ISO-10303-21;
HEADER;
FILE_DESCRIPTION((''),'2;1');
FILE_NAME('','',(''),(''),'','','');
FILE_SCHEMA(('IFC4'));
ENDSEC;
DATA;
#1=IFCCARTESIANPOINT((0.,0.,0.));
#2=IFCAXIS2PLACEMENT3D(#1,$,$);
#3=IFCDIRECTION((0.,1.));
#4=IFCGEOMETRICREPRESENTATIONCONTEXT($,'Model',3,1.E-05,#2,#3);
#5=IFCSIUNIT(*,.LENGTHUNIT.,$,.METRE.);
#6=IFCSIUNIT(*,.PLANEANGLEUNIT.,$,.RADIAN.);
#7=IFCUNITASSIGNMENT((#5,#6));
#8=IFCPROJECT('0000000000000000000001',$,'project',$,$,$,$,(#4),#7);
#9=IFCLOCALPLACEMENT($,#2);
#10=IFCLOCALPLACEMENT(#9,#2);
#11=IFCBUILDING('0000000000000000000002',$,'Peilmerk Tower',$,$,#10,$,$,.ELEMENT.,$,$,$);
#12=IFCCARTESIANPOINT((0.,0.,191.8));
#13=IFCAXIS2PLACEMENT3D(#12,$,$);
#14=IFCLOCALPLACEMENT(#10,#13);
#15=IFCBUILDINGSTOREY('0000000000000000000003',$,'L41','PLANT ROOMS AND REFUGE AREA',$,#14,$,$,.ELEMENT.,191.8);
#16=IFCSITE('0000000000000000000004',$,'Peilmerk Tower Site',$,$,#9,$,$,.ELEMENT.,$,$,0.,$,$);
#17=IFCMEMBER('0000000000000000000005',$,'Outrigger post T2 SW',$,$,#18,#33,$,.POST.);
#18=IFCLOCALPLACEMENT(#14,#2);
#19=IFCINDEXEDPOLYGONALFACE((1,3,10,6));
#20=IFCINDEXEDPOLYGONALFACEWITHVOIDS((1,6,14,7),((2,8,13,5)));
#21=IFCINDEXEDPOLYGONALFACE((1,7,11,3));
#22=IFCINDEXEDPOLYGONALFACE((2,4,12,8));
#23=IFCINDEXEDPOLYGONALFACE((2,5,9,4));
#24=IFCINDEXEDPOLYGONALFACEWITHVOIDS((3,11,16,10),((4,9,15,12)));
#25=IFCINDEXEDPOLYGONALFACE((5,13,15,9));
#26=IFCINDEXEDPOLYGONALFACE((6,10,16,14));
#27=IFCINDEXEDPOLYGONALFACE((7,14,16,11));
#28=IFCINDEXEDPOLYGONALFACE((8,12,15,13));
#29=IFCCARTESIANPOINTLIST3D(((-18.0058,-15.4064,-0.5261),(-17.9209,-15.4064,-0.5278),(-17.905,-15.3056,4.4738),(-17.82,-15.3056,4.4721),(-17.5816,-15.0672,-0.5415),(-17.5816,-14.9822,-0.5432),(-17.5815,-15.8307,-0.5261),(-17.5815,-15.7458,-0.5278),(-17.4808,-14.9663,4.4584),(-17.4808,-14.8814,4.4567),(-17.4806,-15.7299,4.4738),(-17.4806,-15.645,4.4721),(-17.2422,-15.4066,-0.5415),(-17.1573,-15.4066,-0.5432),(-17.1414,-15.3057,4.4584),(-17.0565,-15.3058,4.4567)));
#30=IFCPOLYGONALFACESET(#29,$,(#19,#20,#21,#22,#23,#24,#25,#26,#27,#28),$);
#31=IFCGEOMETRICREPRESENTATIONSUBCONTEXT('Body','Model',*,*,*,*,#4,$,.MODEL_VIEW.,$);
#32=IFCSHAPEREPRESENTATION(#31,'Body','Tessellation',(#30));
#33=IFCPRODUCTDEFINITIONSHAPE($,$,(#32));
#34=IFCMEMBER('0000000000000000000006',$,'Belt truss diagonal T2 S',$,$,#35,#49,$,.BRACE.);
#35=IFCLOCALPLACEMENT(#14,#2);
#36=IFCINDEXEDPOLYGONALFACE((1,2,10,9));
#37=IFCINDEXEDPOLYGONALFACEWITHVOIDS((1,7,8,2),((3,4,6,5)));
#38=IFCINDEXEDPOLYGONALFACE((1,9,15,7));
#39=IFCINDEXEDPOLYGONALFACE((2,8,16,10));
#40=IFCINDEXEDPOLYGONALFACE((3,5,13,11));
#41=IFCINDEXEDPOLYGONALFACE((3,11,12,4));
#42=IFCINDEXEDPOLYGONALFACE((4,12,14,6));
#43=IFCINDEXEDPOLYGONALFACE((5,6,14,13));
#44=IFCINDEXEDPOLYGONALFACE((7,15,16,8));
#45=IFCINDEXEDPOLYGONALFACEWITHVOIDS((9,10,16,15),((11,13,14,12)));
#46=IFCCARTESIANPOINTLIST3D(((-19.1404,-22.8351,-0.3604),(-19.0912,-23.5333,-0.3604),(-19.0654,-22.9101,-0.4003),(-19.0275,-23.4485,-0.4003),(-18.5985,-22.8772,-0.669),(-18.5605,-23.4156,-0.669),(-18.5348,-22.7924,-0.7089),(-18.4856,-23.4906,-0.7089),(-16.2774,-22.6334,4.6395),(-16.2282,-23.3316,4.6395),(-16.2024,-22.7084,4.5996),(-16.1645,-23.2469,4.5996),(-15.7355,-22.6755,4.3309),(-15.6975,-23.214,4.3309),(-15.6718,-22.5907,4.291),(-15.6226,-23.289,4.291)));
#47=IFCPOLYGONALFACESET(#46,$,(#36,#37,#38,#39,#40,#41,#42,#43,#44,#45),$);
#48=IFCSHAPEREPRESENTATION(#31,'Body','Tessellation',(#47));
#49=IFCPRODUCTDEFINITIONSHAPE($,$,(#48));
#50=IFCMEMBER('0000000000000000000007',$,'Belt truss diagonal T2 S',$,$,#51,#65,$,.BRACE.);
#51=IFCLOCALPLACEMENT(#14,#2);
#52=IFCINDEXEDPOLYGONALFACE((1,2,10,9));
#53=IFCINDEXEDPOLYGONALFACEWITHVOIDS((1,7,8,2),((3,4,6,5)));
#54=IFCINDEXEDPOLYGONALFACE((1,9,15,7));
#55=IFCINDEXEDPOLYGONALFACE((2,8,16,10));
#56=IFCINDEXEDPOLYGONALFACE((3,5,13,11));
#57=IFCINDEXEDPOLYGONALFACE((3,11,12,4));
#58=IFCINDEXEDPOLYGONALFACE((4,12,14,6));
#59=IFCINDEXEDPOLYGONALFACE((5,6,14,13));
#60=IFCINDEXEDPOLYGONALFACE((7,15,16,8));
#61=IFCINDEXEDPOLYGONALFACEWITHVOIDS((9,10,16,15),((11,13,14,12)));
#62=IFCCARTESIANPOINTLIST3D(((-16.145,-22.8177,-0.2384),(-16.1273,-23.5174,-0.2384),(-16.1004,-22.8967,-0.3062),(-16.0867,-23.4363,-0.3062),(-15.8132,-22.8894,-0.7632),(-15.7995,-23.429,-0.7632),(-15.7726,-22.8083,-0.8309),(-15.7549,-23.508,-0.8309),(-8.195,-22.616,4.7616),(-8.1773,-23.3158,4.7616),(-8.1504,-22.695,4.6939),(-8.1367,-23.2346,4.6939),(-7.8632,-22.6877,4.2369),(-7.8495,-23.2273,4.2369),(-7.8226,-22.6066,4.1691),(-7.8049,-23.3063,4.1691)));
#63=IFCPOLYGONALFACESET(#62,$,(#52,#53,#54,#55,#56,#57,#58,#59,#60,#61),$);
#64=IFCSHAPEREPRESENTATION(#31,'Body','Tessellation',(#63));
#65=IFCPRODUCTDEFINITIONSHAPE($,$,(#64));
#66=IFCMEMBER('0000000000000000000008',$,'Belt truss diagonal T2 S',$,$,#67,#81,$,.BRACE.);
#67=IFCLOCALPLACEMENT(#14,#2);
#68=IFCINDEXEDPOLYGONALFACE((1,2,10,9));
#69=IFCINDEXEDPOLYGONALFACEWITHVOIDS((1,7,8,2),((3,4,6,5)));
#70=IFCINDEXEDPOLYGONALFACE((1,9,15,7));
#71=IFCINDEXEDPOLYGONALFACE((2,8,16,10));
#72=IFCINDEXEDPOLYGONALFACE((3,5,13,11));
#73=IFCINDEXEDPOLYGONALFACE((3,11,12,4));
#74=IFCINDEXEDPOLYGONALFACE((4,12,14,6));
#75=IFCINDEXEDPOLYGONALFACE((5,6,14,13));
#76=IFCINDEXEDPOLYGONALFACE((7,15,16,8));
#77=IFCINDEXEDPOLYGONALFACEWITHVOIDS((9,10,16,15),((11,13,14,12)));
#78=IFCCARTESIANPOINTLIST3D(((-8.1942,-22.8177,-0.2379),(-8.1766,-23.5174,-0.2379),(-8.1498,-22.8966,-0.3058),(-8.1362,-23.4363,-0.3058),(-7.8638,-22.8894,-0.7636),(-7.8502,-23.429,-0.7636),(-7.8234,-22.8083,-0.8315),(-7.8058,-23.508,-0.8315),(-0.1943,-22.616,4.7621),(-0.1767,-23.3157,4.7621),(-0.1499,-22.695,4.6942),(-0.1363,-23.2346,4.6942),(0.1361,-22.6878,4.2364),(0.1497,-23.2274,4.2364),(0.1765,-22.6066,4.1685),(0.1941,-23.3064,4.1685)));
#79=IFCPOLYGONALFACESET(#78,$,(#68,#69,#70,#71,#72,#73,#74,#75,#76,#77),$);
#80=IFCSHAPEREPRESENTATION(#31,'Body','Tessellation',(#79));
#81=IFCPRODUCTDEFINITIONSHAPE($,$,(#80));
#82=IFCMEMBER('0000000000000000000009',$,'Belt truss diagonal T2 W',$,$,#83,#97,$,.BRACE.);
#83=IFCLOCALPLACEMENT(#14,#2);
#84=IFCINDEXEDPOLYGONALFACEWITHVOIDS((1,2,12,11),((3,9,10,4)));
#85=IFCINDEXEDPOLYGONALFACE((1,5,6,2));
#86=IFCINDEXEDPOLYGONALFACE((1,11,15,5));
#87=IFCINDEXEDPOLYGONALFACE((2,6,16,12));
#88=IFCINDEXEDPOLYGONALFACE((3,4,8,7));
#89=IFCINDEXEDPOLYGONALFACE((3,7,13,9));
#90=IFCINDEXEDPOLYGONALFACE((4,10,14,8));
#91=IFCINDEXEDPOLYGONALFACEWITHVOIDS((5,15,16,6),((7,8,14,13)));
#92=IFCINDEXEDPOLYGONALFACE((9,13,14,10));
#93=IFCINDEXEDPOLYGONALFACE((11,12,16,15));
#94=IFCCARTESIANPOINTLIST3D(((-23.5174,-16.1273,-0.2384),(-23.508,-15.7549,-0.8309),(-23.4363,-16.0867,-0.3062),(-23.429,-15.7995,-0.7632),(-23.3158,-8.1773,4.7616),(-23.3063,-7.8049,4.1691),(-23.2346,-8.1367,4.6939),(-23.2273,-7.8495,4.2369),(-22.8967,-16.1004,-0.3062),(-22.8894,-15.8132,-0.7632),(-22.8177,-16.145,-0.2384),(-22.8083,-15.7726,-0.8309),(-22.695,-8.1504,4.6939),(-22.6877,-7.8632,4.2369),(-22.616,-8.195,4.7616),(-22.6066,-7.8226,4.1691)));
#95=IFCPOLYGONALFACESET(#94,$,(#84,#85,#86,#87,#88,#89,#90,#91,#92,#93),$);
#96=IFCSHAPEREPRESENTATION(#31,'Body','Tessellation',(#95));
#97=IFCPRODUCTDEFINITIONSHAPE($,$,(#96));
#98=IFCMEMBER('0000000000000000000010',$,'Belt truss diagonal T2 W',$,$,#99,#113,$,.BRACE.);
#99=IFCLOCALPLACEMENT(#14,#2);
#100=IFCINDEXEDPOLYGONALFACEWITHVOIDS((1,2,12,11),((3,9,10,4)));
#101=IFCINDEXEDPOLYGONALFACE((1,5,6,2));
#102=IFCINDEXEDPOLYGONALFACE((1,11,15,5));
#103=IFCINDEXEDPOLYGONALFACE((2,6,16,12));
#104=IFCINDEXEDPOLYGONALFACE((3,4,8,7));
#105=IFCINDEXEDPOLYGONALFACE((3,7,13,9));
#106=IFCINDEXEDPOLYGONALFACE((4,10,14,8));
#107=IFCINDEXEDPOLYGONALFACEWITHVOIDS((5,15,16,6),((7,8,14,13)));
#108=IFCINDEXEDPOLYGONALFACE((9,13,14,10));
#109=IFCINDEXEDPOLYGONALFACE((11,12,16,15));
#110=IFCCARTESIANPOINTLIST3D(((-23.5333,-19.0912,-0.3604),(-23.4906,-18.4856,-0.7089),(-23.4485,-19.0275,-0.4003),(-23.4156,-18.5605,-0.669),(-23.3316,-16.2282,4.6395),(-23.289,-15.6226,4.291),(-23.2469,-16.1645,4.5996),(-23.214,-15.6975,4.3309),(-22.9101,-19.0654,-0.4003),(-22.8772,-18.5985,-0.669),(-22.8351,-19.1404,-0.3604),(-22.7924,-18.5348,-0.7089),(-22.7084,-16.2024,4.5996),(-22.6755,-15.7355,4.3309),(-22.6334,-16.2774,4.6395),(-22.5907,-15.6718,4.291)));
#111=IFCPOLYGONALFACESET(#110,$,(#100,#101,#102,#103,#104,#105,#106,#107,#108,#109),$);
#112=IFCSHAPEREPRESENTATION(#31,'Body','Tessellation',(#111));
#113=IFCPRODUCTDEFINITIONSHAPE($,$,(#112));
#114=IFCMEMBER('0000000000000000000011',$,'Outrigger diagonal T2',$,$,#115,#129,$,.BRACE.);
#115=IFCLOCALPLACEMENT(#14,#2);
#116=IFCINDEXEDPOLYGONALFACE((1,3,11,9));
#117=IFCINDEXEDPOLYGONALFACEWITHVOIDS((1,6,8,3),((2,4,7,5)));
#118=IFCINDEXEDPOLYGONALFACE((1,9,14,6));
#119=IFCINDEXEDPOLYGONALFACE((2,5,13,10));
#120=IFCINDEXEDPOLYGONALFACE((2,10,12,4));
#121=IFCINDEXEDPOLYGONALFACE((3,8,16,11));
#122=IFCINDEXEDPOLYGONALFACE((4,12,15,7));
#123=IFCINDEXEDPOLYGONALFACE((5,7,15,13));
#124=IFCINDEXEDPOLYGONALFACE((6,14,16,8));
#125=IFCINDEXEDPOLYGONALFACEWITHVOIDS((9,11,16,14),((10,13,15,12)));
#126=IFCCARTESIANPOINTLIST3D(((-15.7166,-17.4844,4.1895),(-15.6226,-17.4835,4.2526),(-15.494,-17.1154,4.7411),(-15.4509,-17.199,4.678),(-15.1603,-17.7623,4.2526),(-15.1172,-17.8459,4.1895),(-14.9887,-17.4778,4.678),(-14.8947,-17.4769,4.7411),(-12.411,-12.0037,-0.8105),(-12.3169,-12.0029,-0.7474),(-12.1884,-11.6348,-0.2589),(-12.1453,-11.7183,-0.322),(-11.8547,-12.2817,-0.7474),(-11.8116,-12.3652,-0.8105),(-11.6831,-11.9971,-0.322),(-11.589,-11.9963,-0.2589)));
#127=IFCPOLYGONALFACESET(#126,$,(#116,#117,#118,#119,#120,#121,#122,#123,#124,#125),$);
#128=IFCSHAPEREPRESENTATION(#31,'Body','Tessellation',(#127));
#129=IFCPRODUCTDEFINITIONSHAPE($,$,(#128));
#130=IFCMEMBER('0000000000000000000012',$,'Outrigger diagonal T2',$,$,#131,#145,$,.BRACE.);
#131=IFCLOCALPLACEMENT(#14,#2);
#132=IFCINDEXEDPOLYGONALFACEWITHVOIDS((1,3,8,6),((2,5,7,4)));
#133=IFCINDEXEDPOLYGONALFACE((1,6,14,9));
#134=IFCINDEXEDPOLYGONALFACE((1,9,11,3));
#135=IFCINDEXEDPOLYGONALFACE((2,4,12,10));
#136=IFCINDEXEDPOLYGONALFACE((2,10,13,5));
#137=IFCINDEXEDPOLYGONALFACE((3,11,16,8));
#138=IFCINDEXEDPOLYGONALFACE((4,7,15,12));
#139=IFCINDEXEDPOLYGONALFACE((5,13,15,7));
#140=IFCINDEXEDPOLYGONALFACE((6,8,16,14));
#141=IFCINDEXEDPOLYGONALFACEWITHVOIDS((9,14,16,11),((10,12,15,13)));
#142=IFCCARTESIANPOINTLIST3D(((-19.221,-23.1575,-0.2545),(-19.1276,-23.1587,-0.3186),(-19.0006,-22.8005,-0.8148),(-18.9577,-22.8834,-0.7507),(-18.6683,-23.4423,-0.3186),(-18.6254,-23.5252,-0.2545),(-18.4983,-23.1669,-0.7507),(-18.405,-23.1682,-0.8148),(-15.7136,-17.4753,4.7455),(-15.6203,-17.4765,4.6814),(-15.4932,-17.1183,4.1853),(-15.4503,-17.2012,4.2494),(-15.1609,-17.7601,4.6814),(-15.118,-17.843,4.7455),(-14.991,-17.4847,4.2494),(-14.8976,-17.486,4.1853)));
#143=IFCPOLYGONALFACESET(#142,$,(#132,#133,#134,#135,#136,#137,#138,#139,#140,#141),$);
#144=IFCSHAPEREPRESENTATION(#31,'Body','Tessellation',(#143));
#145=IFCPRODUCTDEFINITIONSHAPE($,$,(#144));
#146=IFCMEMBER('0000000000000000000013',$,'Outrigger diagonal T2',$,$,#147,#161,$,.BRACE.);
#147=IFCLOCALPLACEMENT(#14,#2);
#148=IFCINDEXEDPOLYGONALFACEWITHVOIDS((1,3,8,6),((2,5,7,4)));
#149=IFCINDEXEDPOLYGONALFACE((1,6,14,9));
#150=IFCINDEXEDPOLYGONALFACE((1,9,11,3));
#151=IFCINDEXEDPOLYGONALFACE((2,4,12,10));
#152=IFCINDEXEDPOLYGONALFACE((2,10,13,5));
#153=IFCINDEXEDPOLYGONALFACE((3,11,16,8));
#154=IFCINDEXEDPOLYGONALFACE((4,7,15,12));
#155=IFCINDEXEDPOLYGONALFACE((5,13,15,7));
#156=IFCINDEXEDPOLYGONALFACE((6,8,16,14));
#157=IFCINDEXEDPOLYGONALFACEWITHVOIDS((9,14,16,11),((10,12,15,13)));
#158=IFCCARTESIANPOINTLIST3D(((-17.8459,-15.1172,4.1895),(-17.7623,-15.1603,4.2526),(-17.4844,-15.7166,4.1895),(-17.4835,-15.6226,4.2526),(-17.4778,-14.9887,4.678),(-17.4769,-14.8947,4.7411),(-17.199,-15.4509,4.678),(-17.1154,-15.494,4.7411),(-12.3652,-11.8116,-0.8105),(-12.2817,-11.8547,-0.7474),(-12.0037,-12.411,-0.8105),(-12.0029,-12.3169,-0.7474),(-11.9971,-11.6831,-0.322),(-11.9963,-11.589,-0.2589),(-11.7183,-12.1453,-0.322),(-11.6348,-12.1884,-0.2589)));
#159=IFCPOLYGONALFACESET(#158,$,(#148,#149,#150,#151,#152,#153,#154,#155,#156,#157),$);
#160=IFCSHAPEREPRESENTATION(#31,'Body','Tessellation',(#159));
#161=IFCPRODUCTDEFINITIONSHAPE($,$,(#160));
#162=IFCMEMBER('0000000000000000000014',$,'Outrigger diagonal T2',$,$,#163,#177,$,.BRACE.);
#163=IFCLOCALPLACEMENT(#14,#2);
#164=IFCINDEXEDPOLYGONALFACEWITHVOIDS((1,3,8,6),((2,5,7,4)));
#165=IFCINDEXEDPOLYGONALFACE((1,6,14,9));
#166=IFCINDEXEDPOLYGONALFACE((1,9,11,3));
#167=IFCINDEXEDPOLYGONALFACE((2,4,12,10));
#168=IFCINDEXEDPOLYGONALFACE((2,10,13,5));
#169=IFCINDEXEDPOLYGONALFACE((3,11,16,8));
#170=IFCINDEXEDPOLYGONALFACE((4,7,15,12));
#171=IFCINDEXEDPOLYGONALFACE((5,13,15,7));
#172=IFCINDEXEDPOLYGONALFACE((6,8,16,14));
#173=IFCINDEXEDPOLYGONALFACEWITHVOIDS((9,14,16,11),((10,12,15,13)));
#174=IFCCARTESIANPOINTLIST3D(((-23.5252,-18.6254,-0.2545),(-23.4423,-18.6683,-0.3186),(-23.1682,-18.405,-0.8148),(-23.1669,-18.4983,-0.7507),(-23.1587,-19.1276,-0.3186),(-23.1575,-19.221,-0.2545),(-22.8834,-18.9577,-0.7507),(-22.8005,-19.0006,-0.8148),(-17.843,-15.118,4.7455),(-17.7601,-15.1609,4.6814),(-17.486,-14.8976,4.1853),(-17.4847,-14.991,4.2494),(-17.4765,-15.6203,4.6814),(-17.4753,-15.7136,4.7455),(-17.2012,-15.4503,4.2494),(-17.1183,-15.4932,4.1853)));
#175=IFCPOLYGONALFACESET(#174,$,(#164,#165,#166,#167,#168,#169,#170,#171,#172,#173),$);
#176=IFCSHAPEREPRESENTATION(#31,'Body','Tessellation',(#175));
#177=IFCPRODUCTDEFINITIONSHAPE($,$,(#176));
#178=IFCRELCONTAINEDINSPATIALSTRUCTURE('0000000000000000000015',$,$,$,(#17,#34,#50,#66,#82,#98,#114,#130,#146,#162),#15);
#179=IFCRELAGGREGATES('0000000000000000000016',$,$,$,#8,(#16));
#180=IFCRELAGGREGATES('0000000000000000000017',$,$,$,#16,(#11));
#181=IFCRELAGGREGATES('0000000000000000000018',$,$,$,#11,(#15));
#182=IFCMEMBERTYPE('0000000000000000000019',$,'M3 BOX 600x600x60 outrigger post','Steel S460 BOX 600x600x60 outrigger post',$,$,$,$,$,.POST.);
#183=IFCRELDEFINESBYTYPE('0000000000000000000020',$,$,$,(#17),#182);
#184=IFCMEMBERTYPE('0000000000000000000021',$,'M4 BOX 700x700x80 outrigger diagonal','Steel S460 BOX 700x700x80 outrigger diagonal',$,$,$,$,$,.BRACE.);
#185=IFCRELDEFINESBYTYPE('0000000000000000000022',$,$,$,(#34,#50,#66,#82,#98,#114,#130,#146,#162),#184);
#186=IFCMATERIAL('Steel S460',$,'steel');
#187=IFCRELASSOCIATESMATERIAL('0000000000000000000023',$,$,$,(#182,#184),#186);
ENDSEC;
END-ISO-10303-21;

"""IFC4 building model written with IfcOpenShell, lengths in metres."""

from ifc_helpers import new_model, si_unit, direction, frame, origin, origin_2d, place, context, subcontext, project, spatial, hollow_rectangle, extrude, material, material_profile, profile_set, type_object, element, save


model = new_model("IFC4")

# Units and contexts
model_context = context("Model", 3, precision=1e-05, world=origin(), true_north=direction((0.0, 1.0)))
body_context = subcontext(model_context, "Body", "Model", "MODEL_VIEW")
ifc_project = project(units=[si_unit("LENGTHUNIT", "METRE"), si_unit("PLANEANGLEUNIT", "RADIAN")], contexts=[model_context])

# Site, building, storey
site_placement = place(None, origin())
site = spatial("IfcSite", under=ifc_project, at=site_placement, Name="Peilmerk Tower Site", CompositionType="ELEMENT", RefElevation=0.0)
building_placement = place(site_placement, origin())
building = spatial("IfcBuilding", under=site, at=building_placement, Name="Peilmerk Tower", CompositionType="ELEMENT")
storey_placement = place(building_placement, frame((0.0, 0.0, 191.8)))
storey = spatial("IfcBuildingStorey", under=building, at=storey_placement, Name="L41", Description="PLANT ROOMS AND REFUGE AREA", CompositionType="ELEMENT", Elevation=191.8)

# Shared definitions
ifc_material_1 = material(Name="Steel S460", Category="steel")

# Members
ifc_material_profile_1 = material_profile(ifc_material_1, hollow_rectangle(XDim=0.6001, YDim=0.6001, WallThickness=0.0601, at=origin_2d()), Name="BOX 600x600x60")
ifc_profile_set_1 = profile_set([ifc_material_profile_1], Name="Steel S460")
member_type_1 = type_object("IfcMemberType", Name="M3 BOX 600x600x60 outrigger post", Description="Steel S460 BOX 600x600x60 outrigger post", PredefinedType="POST", material=ifc_profile_set_1)
for number, where, z_axis, x_axis, name in (
    (1, (-17.5815, -15.4065, -0.5347), (0.020158, 0.020158, 0.999594), (-0.707107, 0.707107, 0.0), "Outrigger post T2 SW"),
):
    element("IfcMember", number, at=place(storey_placement, frame(where, z_axis=z_axis, x_axis=x_axis)), inside=storey, type_object=member_type_1, Name=name, PredefinedType="POST", context=body_context, shape_type="SweptSolid", body=[
        extrude(hollow_rectangle(XDim=0.6001, YDim=0.6001, WallThickness=0.0601, at=origin_2d()), origin(), (0.0, 0.0, 1.0), 5.002),
    ])
ifc_material_profile_2 = material_profile(ifc_material_1, hollow_rectangle(XDim=0.7, YDim=0.7, WallThickness=0.0801, at=origin_2d()), Name="BOX 700x700x80")
ifc_profile_set_2 = profile_set([ifc_material_profile_2], Name="Steel S460")
member_type_2 = type_object("IfcMemberType", Name="M4 BOX 700x700x80 outrigger diagonal", Description="Steel S460 BOX 700x700x80 outrigger diagonal", PredefinedType="BRACE", material=ifc_profile_set_2)
member_1_placement = place(storey_placement, frame((-18.813, -23.1628, -0.5347), z_axis=(0.496606, 0.034979, 0.867271), x_axis=(-0.070262, 0.997529, 0.0)))
element("IfcMember", 2, at=member_1_placement, inside=storey, type_object=member_type_2, Name="Belt truss diagonal T2 S", PredefinedType="BRACE", context=body_context, shape_type="SweptSolid", body=[
    extrude(hollow_rectangle(XDim=0.7, YDim=0.7, WallThickness=0.0801, at=origin_2d()), origin(), (0.0, 0.0, 1.0), 5.7651),
])
member_2_placement = place(storey_placement, frame((-15.95, -23.1628, -0.5347), z_axis=(0.846303, 0.021467, 0.532269), x_axis=(-0.025358, 0.999678, 0.0)))
element("IfcMember", 3, at=member_2_placement, inside=storey, type_object=member_type_2, Name="Belt truss diagonal T2 S", PredefinedType="BRACE", context=body_context, shape_type="SweptSolid", body=[
    extrude(hollow_rectangle(XDim=0.7, YDim=0.7, WallThickness=0.0801, at=origin_2d()), origin(), (0.0, 0.0, 1.0), 9.3938),
])
member_3_placement = place(storey_placement, frame((-8.0, -23.1628, -0.5347), z_axis=(0.847805, 0.021371, 0.529878), x_axis=(-0.0252, 0.999682, 0.0)))
element("IfcMember", 4, at=member_3_placement, inside=storey, type_object=member_type_2, Name="Belt truss diagonal T2 S", PredefinedType="BRACE", context=body_context, shape_type="SweptSolid", body=[
    extrude(hollow_rectangle(XDim=0.7, YDim=0.7, WallThickness=0.0801, at=origin_2d()), origin(), (0.0, 0.0, 1.0), 9.436),
])
member_4_placement = place(storey_placement, frame((-23.1628, -15.95, -0.5347), z_axis=(0.021467, 0.846303, 0.532269), x_axis=(-0.999678, 0.025358, 0.0)))
element("IfcMember", 5, at=member_4_placement, inside=storey, type_object=member_type_2, Name="Belt truss diagonal T2 W", PredefinedType="BRACE", context=body_context, shape_type="SweptSolid", body=[
    extrude(hollow_rectangle(XDim=0.7, YDim=0.7, WallThickness=0.0801, at=origin_2d()), origin(), (0.0, 0.0, 1.0), 9.3938),
])
member_5_placement = place(storey_placement, frame((-23.1628, -18.813, -0.5347), z_axis=(0.034979, 0.496606, 0.867271), x_axis=(-0.997529, 0.070262, 0.0)))
element("IfcMember", 6, at=member_5_placement, inside=storey, type_object=member_type_2, Name="Belt truss diagonal T2 W", PredefinedType="BRACE", context=body_context, shape_type="SweptSolid", body=[
    extrude(hollow_rectangle(XDim=0.7, YDim=0.7, WallThickness=0.0801, at=origin_2d()), origin(), (0.0, 0.0, 1.0), 5.7651),
])
member_6_placement = place(storey_placement, frame((-12.0, -12.0, -0.5347), z_axis=(-0.407005, -0.674805, 0.615618), x_axis=(0.856303, -0.516475, 0.0)))
element("IfcMember", 7, at=member_6_placement, inside=storey, type_object=member_type_2, Name="Outrigger diagonal T2", PredefinedType="BRACE", context=body_context, shape_type="SweptSolid", body=[
    extrude(hollow_rectangle(XDim=0.7, YDim=0.7, WallThickness=0.0801, at=origin_2d()), origin(), (0.0, 0.0, 1.0), 8.1218),
])
member_7_placement = place(storey_placement, frame((-18.813, -23.1628, -0.5347), z_axis=(0.420445, 0.681152, 0.599381), x_axis=(-0.850947, 0.525252, 0.0)))
element("IfcMember", 8, at=member_7_placement, inside=storey, type_object=member_type_2, Name="Outrigger diagonal T2", PredefinedType="BRACE", context=body_context, shape_type="SweptSolid", body=[
    extrude(hollow_rectangle(XDim=0.7, YDim=0.7, WallThickness=0.0801, at=origin_2d()), origin(), (0.0, 0.0, 1.0), 8.342),
])
member_8_placement = place(storey_placement, frame((-12.0, -12.0, -0.5347), z_axis=(-0.674805, -0.407005, 0.615618), x_axis=(0.516475, -0.856303, 0.0)))
element("IfcMember", 9, at=member_8_placement, inside=storey, type_object=member_type_2, Name="Outrigger diagonal T2", PredefinedType="BRACE", context=body_context, shape_type="SweptSolid", body=[
    extrude(hollow_rectangle(XDim=0.7, YDim=0.7, WallThickness=0.0801, at=origin_2d()), origin(), (0.0, 0.0, 1.0), 8.1218),
])
member_9_placement = place(storey_placement, frame((-23.1628, -18.813, -0.5347), z_axis=(0.681152, 0.420445, 0.599381), x_axis=(-0.525252, 0.850947, 0.0)))
element("IfcMember", 10, at=member_9_placement, inside=storey, type_object=member_type_2, Name="Outrigger diagonal T2", PredefinedType="BRACE", context=body_context, shape_type="SweptSolid", body=[
    extrude(hollow_rectangle(XDim=0.7, YDim=0.7, WallThickness=0.0801, at=origin_2d()), origin(), (0.0, 0.0, 1.0), 8.342),
])

save(model, "model.ifc")
